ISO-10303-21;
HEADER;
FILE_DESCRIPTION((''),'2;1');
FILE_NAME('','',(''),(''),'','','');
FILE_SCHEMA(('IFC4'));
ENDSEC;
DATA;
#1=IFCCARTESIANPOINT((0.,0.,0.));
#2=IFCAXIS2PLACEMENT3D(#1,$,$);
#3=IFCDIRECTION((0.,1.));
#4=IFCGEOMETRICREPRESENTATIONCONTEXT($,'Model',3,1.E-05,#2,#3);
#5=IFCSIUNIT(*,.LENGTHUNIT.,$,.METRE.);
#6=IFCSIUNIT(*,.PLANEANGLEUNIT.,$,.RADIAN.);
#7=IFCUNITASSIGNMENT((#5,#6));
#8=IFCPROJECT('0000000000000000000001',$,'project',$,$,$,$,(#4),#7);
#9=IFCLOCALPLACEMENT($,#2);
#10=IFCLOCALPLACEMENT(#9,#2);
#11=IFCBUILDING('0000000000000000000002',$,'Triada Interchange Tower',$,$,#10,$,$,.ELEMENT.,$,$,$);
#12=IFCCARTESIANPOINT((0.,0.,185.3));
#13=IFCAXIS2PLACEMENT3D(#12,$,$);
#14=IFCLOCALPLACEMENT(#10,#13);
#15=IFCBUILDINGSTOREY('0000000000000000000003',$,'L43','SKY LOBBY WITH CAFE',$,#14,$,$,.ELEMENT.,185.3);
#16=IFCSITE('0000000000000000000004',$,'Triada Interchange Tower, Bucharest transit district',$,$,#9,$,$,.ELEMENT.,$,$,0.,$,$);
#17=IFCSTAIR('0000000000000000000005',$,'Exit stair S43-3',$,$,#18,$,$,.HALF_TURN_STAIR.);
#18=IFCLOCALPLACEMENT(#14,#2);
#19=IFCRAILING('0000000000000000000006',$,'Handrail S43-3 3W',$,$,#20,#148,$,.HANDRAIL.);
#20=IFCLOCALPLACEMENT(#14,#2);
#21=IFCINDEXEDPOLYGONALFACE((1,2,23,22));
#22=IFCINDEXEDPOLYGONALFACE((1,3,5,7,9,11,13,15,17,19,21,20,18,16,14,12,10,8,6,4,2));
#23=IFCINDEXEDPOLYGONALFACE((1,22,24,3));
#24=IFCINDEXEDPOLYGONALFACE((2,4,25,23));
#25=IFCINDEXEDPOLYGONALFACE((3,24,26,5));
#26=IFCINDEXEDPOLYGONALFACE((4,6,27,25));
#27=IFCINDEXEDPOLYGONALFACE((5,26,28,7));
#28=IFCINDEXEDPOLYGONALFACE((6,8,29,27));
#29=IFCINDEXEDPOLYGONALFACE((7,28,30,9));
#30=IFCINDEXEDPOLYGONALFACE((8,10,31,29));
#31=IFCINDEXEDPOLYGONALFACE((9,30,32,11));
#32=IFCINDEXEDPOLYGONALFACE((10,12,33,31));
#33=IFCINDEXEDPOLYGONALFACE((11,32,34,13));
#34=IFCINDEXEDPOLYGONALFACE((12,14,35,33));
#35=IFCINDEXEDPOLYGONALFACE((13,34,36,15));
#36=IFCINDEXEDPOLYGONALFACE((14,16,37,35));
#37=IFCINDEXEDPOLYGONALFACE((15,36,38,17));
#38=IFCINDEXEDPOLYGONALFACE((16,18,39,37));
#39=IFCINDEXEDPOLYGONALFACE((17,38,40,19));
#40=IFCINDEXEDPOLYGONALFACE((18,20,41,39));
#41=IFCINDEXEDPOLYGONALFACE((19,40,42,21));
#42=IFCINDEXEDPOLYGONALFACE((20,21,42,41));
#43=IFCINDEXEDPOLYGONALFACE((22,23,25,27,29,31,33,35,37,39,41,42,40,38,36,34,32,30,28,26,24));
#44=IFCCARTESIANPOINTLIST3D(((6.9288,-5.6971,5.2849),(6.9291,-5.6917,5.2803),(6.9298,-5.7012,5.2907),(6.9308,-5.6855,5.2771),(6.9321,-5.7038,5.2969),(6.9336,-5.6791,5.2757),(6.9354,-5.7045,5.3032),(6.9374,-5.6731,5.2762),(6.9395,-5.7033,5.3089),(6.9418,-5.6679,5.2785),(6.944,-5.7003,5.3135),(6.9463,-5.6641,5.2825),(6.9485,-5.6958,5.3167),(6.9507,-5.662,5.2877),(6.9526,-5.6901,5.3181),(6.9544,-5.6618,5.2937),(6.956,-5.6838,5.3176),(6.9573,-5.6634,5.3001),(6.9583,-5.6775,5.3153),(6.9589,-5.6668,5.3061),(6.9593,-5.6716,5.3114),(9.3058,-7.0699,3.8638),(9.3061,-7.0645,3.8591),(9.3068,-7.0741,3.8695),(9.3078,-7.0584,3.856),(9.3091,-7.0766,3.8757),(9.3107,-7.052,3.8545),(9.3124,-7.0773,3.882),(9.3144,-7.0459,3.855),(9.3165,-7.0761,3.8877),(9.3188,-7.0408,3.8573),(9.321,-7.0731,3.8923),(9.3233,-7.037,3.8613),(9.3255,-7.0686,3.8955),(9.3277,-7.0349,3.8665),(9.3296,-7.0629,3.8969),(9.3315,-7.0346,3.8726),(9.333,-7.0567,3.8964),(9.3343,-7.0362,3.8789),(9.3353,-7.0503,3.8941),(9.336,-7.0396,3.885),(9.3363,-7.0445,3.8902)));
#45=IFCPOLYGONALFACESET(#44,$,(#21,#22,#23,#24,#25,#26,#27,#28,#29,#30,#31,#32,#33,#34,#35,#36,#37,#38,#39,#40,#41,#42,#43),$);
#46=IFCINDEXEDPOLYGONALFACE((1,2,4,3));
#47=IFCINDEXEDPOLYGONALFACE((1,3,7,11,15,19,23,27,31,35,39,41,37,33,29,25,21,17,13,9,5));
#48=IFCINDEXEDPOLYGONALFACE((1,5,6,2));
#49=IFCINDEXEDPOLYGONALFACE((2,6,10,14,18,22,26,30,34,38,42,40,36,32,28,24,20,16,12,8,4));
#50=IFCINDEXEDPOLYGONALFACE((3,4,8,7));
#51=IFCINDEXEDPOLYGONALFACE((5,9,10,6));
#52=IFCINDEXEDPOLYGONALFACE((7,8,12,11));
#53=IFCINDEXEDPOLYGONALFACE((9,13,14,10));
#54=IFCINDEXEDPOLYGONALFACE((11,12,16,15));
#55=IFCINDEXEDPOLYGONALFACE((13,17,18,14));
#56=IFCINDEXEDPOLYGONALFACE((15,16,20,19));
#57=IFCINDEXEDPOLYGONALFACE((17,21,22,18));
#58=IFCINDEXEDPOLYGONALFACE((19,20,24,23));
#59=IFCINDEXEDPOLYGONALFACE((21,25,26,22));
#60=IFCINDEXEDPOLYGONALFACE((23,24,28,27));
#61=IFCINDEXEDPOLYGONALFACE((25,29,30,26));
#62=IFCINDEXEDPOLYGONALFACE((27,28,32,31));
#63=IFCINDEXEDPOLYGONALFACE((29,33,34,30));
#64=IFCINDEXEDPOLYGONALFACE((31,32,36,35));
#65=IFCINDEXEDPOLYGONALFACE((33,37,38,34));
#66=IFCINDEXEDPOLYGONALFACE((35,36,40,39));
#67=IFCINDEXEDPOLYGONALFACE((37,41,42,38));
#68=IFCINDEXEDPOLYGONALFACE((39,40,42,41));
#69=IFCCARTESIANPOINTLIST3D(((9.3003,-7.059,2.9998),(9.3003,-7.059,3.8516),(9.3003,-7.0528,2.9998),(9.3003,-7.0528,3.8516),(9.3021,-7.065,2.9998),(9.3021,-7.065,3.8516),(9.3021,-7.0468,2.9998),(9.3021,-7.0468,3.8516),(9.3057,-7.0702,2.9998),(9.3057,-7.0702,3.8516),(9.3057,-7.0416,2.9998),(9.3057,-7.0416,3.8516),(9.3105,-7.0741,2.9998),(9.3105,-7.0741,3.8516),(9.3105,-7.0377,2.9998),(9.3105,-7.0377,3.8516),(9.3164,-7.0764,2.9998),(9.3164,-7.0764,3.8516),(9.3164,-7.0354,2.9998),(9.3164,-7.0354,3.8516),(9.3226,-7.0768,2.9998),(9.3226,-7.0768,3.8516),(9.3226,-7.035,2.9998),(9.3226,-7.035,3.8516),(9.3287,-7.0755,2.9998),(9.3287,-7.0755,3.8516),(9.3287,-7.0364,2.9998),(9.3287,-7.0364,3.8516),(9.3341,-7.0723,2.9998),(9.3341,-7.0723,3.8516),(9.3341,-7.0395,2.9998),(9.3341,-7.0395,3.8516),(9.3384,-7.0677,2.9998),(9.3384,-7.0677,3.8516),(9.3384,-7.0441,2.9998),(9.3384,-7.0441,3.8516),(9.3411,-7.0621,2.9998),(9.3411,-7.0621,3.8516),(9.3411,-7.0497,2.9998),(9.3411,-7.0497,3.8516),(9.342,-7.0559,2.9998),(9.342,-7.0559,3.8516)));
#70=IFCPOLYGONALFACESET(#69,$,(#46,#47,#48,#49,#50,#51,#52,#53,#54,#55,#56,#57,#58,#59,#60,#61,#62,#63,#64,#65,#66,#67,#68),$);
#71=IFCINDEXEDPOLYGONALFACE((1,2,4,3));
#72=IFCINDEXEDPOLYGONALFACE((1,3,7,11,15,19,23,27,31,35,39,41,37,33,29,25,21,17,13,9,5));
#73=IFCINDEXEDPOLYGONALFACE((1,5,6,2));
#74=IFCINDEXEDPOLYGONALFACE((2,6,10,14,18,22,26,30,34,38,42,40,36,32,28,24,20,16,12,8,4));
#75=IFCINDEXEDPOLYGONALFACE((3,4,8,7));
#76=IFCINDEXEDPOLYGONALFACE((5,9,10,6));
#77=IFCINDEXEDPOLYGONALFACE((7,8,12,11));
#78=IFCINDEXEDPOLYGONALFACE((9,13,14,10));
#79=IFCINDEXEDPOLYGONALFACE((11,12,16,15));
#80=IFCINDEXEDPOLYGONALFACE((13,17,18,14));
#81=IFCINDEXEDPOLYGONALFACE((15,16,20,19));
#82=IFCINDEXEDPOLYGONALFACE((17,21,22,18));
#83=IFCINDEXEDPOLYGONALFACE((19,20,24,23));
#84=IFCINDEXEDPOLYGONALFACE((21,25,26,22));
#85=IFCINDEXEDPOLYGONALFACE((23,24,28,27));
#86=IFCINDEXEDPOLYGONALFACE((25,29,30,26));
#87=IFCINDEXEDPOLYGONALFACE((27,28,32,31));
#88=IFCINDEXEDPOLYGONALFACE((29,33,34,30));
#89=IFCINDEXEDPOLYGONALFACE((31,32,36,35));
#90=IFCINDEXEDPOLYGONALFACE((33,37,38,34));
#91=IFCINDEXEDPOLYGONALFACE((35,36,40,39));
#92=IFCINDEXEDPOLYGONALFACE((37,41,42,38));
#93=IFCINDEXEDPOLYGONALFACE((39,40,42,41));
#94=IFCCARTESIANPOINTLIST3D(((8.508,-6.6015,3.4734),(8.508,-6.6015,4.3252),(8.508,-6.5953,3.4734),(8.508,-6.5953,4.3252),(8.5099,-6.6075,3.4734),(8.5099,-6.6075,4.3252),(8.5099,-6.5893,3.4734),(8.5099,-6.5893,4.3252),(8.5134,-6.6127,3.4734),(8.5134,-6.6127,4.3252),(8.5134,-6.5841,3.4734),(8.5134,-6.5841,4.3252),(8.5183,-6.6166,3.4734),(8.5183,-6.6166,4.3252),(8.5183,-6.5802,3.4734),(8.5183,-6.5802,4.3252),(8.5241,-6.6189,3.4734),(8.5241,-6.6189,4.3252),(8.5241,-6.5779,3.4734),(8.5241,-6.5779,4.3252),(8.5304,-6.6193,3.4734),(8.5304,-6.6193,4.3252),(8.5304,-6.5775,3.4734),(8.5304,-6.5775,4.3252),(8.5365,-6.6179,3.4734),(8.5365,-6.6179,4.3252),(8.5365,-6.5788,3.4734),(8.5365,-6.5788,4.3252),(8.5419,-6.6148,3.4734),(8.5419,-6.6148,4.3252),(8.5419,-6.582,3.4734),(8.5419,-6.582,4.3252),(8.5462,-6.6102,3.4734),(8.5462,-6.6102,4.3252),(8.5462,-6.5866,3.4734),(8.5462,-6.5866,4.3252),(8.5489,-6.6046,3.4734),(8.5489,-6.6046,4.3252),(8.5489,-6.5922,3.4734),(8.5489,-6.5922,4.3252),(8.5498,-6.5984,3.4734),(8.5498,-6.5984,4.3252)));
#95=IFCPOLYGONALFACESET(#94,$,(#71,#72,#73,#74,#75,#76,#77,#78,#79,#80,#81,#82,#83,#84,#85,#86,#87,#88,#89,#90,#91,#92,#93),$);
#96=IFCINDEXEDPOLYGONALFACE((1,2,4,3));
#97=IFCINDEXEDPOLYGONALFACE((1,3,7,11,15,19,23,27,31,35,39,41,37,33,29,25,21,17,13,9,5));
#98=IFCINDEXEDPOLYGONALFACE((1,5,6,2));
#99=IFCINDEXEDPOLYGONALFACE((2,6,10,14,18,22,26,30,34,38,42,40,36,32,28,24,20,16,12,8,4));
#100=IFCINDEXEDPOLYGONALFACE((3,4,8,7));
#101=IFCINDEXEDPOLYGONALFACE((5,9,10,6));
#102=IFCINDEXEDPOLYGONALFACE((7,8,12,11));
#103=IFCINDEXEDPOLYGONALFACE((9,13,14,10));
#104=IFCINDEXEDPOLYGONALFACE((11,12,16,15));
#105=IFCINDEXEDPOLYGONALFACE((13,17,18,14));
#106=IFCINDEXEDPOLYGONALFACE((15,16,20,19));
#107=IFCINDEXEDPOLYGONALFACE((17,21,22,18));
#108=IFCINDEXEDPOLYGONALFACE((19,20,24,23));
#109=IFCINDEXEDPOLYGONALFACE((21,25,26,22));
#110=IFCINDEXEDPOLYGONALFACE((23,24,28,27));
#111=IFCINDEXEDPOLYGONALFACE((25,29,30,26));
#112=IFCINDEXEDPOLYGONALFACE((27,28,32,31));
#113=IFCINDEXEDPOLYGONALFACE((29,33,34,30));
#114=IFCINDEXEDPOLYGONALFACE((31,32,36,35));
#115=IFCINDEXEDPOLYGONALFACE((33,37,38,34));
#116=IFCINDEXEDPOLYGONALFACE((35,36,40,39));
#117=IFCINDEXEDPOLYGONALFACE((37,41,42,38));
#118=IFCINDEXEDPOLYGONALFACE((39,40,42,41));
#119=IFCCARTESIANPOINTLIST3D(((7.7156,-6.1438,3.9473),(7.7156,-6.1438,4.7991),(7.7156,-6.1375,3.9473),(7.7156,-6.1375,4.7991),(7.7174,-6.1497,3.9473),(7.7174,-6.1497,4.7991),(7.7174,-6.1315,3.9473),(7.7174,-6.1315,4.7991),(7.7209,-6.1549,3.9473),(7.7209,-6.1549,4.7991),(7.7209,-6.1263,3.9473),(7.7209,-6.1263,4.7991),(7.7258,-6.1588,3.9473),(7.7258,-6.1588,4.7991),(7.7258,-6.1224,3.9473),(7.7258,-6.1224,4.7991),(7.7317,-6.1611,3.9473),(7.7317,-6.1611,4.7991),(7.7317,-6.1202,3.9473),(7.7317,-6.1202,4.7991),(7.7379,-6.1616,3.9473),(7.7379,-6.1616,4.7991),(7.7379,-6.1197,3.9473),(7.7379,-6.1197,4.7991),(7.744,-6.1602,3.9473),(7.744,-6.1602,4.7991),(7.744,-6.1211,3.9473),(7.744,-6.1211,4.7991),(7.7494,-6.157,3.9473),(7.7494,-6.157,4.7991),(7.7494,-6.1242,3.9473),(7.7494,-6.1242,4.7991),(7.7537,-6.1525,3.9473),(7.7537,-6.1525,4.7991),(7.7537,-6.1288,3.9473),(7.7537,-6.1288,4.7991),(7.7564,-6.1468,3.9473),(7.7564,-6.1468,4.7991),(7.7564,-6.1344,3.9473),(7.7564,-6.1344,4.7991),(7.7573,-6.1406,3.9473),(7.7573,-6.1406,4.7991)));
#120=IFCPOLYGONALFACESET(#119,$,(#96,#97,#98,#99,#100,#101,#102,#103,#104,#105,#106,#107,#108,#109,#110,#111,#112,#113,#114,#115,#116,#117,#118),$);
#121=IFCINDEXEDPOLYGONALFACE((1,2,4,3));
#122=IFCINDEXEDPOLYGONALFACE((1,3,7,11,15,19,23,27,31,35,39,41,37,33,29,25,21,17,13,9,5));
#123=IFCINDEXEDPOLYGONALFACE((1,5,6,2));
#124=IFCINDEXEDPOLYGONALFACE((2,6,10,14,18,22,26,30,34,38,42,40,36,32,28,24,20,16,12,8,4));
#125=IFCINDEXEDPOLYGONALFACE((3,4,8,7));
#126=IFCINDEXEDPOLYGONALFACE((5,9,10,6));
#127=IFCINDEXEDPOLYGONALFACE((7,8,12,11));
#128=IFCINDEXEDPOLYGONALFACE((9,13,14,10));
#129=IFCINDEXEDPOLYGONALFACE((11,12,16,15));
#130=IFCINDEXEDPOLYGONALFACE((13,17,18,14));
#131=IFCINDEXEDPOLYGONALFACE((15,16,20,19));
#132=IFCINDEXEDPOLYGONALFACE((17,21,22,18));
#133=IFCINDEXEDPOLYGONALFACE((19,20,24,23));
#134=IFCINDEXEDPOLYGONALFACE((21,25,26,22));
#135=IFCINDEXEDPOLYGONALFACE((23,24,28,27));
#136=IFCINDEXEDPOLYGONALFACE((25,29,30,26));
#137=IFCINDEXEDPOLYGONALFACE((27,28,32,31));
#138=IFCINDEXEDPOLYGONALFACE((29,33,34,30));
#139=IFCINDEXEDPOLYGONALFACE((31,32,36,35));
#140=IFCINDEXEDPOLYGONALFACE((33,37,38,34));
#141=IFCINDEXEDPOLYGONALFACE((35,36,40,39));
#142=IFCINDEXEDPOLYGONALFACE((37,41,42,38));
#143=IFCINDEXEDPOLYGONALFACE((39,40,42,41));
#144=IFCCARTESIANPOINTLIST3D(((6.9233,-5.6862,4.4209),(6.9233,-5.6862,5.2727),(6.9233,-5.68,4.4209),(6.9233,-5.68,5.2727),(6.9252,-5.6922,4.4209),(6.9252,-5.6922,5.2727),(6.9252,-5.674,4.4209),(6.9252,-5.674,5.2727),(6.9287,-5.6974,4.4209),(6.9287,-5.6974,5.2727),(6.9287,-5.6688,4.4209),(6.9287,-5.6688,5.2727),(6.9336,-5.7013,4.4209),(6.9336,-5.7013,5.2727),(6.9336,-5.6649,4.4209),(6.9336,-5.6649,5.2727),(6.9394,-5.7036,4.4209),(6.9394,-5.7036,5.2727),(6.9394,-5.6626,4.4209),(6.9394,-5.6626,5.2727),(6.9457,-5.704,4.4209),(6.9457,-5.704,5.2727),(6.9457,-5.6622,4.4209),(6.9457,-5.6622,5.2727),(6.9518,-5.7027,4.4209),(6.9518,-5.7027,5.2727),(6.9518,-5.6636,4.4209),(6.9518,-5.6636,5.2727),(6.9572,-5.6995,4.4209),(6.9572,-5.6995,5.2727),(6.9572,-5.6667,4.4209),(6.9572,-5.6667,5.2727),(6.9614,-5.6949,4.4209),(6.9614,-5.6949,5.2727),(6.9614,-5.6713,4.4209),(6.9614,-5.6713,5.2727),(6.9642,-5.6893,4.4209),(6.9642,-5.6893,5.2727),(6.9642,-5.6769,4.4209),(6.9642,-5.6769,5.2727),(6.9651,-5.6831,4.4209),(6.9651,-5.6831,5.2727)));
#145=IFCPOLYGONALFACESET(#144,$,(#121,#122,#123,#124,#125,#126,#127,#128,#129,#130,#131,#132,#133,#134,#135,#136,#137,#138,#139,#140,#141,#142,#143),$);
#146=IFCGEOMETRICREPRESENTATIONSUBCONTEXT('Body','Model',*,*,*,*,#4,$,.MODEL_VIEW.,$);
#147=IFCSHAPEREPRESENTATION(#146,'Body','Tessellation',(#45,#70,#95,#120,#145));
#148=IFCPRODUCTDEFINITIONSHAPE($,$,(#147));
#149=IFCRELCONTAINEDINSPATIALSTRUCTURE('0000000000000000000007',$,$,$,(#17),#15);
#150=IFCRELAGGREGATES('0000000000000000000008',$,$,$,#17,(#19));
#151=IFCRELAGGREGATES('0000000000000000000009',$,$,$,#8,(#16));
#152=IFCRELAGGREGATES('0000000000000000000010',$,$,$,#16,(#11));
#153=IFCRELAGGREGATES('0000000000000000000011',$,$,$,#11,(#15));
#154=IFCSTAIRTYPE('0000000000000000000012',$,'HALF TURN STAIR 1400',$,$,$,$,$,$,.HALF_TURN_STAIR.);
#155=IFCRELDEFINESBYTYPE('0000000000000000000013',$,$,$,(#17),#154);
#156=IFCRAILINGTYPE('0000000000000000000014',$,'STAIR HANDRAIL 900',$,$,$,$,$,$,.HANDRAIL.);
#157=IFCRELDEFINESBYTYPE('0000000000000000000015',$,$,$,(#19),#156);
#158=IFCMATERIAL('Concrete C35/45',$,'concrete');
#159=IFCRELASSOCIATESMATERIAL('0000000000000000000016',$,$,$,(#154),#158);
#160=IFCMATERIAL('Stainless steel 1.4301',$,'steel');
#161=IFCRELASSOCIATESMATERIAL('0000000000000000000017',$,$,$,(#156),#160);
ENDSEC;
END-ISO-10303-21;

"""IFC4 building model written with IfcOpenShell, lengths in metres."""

from ifc_helpers import new_model, si_unit, direction, frame, origin, origin_2d, place, context, subcontext, project, spatial, circle, extrude, material, type_object, element, aggregate, save


model = new_model("IFC4")

# Units and contexts
model_context = context("Model", 3, precision=1e-05, world=origin(), true_north=direction((0.0, 1.0)))
body_context = subcontext(model_context, "Body", "Model", "MODEL_VIEW")
ifc_project = project(units=[si_unit("LENGTHUNIT", "METRE"), si_unit("PLANEANGLEUNIT", "RADIAN")], contexts=[model_context])

# Site, building, storey
site_placement = place(None, origin())
site = spatial("IfcSite", under=ifc_project, at=site_placement, Name="Triada Interchange Tower, Bucharest transit district", CompositionType="ELEMENT", RefElevation=0.0)
building_placement = place(site_placement, origin())
building = spatial("IfcBuilding", under=site, at=building_placement, Name="Triada Interchange Tower", CompositionType="ELEMENT")
storey_placement = place(building_placement, frame((0.0, 0.0, 185.3)))
storey = spatial("IfcBuildingStorey", under=building, at=storey_placement, Name="L43", Description="SKY LOBBY WITH CAFE", CompositionType="ELEMENT", Elevation=185.3)

# Shared definitions
ifc_material_1 = material(Name="Concrete C35/45", Category="concrete")

# Stair
stair_type = type_object("IfcStairType", Name="HALF TURN STAIR 1400", PredefinedType="HALF_TURN_STAIR", material=ifc_material_1)
stair_placement = place(storey_placement, origin())
stair = element("IfcStair", 1, at=stair_placement, inside=storey, type_object=stair_type, Name="Exit stair S43-3", PredefinedType="HALF_TURN_STAIR")

# Railing
ifc_material_2 = material(Name="Stainless steel 1.4301", Category="steel")
railing_type_1 = type_object("IfcRailingType", Name="STAIR HANDRAIL 900", PredefinedType="HANDRAIL", material=ifc_material_2)
railing_1_placement = place(storey_placement, frame((9.321, -7.0559, 2.9998)))
railing_1 = element("IfcRailing", 2, at=railing_1_placement, type_object=railing_type_1, Name="Handrail S43-3 3W", PredefinedType="HANDRAIL", context=body_context, shape_type="SweptSolid", body=[
    extrude(circle(Radius=0.0239, at=origin_2d()), frame((0.0, 0.0, 0.876), z_axis=(-0.768997, 0.444132, 0.459771), x_axis=(-0.500128, -0.865952, 0.0)), (0.0, 0.0, 1.0), 3.0911),
    extrude(circle(Radius=0.021, at=origin_2d()), origin(), (0.0, 0.0, 1.0), 0.8518),
    extrude(circle(Radius=0.021, at=origin_2d()), frame((-0.7922, 0.4575, 0.4736)), (0.0, 0.0, 1.0), 0.8518),
    extrude(circle(Radius=0.021, at=origin_2d()), frame((-1.5847, 0.9153, 0.9475)), (0.0, 0.0, 1.0), 0.8518),
    extrude(circle(Radius=0.021, at=origin_2d()), frame((-2.377, 1.3728, 1.4211)), (0.0, 0.0, 1.0), 0.8518),
])
aggregate(stair, [railing_1])

save(model, "model.ifc")
